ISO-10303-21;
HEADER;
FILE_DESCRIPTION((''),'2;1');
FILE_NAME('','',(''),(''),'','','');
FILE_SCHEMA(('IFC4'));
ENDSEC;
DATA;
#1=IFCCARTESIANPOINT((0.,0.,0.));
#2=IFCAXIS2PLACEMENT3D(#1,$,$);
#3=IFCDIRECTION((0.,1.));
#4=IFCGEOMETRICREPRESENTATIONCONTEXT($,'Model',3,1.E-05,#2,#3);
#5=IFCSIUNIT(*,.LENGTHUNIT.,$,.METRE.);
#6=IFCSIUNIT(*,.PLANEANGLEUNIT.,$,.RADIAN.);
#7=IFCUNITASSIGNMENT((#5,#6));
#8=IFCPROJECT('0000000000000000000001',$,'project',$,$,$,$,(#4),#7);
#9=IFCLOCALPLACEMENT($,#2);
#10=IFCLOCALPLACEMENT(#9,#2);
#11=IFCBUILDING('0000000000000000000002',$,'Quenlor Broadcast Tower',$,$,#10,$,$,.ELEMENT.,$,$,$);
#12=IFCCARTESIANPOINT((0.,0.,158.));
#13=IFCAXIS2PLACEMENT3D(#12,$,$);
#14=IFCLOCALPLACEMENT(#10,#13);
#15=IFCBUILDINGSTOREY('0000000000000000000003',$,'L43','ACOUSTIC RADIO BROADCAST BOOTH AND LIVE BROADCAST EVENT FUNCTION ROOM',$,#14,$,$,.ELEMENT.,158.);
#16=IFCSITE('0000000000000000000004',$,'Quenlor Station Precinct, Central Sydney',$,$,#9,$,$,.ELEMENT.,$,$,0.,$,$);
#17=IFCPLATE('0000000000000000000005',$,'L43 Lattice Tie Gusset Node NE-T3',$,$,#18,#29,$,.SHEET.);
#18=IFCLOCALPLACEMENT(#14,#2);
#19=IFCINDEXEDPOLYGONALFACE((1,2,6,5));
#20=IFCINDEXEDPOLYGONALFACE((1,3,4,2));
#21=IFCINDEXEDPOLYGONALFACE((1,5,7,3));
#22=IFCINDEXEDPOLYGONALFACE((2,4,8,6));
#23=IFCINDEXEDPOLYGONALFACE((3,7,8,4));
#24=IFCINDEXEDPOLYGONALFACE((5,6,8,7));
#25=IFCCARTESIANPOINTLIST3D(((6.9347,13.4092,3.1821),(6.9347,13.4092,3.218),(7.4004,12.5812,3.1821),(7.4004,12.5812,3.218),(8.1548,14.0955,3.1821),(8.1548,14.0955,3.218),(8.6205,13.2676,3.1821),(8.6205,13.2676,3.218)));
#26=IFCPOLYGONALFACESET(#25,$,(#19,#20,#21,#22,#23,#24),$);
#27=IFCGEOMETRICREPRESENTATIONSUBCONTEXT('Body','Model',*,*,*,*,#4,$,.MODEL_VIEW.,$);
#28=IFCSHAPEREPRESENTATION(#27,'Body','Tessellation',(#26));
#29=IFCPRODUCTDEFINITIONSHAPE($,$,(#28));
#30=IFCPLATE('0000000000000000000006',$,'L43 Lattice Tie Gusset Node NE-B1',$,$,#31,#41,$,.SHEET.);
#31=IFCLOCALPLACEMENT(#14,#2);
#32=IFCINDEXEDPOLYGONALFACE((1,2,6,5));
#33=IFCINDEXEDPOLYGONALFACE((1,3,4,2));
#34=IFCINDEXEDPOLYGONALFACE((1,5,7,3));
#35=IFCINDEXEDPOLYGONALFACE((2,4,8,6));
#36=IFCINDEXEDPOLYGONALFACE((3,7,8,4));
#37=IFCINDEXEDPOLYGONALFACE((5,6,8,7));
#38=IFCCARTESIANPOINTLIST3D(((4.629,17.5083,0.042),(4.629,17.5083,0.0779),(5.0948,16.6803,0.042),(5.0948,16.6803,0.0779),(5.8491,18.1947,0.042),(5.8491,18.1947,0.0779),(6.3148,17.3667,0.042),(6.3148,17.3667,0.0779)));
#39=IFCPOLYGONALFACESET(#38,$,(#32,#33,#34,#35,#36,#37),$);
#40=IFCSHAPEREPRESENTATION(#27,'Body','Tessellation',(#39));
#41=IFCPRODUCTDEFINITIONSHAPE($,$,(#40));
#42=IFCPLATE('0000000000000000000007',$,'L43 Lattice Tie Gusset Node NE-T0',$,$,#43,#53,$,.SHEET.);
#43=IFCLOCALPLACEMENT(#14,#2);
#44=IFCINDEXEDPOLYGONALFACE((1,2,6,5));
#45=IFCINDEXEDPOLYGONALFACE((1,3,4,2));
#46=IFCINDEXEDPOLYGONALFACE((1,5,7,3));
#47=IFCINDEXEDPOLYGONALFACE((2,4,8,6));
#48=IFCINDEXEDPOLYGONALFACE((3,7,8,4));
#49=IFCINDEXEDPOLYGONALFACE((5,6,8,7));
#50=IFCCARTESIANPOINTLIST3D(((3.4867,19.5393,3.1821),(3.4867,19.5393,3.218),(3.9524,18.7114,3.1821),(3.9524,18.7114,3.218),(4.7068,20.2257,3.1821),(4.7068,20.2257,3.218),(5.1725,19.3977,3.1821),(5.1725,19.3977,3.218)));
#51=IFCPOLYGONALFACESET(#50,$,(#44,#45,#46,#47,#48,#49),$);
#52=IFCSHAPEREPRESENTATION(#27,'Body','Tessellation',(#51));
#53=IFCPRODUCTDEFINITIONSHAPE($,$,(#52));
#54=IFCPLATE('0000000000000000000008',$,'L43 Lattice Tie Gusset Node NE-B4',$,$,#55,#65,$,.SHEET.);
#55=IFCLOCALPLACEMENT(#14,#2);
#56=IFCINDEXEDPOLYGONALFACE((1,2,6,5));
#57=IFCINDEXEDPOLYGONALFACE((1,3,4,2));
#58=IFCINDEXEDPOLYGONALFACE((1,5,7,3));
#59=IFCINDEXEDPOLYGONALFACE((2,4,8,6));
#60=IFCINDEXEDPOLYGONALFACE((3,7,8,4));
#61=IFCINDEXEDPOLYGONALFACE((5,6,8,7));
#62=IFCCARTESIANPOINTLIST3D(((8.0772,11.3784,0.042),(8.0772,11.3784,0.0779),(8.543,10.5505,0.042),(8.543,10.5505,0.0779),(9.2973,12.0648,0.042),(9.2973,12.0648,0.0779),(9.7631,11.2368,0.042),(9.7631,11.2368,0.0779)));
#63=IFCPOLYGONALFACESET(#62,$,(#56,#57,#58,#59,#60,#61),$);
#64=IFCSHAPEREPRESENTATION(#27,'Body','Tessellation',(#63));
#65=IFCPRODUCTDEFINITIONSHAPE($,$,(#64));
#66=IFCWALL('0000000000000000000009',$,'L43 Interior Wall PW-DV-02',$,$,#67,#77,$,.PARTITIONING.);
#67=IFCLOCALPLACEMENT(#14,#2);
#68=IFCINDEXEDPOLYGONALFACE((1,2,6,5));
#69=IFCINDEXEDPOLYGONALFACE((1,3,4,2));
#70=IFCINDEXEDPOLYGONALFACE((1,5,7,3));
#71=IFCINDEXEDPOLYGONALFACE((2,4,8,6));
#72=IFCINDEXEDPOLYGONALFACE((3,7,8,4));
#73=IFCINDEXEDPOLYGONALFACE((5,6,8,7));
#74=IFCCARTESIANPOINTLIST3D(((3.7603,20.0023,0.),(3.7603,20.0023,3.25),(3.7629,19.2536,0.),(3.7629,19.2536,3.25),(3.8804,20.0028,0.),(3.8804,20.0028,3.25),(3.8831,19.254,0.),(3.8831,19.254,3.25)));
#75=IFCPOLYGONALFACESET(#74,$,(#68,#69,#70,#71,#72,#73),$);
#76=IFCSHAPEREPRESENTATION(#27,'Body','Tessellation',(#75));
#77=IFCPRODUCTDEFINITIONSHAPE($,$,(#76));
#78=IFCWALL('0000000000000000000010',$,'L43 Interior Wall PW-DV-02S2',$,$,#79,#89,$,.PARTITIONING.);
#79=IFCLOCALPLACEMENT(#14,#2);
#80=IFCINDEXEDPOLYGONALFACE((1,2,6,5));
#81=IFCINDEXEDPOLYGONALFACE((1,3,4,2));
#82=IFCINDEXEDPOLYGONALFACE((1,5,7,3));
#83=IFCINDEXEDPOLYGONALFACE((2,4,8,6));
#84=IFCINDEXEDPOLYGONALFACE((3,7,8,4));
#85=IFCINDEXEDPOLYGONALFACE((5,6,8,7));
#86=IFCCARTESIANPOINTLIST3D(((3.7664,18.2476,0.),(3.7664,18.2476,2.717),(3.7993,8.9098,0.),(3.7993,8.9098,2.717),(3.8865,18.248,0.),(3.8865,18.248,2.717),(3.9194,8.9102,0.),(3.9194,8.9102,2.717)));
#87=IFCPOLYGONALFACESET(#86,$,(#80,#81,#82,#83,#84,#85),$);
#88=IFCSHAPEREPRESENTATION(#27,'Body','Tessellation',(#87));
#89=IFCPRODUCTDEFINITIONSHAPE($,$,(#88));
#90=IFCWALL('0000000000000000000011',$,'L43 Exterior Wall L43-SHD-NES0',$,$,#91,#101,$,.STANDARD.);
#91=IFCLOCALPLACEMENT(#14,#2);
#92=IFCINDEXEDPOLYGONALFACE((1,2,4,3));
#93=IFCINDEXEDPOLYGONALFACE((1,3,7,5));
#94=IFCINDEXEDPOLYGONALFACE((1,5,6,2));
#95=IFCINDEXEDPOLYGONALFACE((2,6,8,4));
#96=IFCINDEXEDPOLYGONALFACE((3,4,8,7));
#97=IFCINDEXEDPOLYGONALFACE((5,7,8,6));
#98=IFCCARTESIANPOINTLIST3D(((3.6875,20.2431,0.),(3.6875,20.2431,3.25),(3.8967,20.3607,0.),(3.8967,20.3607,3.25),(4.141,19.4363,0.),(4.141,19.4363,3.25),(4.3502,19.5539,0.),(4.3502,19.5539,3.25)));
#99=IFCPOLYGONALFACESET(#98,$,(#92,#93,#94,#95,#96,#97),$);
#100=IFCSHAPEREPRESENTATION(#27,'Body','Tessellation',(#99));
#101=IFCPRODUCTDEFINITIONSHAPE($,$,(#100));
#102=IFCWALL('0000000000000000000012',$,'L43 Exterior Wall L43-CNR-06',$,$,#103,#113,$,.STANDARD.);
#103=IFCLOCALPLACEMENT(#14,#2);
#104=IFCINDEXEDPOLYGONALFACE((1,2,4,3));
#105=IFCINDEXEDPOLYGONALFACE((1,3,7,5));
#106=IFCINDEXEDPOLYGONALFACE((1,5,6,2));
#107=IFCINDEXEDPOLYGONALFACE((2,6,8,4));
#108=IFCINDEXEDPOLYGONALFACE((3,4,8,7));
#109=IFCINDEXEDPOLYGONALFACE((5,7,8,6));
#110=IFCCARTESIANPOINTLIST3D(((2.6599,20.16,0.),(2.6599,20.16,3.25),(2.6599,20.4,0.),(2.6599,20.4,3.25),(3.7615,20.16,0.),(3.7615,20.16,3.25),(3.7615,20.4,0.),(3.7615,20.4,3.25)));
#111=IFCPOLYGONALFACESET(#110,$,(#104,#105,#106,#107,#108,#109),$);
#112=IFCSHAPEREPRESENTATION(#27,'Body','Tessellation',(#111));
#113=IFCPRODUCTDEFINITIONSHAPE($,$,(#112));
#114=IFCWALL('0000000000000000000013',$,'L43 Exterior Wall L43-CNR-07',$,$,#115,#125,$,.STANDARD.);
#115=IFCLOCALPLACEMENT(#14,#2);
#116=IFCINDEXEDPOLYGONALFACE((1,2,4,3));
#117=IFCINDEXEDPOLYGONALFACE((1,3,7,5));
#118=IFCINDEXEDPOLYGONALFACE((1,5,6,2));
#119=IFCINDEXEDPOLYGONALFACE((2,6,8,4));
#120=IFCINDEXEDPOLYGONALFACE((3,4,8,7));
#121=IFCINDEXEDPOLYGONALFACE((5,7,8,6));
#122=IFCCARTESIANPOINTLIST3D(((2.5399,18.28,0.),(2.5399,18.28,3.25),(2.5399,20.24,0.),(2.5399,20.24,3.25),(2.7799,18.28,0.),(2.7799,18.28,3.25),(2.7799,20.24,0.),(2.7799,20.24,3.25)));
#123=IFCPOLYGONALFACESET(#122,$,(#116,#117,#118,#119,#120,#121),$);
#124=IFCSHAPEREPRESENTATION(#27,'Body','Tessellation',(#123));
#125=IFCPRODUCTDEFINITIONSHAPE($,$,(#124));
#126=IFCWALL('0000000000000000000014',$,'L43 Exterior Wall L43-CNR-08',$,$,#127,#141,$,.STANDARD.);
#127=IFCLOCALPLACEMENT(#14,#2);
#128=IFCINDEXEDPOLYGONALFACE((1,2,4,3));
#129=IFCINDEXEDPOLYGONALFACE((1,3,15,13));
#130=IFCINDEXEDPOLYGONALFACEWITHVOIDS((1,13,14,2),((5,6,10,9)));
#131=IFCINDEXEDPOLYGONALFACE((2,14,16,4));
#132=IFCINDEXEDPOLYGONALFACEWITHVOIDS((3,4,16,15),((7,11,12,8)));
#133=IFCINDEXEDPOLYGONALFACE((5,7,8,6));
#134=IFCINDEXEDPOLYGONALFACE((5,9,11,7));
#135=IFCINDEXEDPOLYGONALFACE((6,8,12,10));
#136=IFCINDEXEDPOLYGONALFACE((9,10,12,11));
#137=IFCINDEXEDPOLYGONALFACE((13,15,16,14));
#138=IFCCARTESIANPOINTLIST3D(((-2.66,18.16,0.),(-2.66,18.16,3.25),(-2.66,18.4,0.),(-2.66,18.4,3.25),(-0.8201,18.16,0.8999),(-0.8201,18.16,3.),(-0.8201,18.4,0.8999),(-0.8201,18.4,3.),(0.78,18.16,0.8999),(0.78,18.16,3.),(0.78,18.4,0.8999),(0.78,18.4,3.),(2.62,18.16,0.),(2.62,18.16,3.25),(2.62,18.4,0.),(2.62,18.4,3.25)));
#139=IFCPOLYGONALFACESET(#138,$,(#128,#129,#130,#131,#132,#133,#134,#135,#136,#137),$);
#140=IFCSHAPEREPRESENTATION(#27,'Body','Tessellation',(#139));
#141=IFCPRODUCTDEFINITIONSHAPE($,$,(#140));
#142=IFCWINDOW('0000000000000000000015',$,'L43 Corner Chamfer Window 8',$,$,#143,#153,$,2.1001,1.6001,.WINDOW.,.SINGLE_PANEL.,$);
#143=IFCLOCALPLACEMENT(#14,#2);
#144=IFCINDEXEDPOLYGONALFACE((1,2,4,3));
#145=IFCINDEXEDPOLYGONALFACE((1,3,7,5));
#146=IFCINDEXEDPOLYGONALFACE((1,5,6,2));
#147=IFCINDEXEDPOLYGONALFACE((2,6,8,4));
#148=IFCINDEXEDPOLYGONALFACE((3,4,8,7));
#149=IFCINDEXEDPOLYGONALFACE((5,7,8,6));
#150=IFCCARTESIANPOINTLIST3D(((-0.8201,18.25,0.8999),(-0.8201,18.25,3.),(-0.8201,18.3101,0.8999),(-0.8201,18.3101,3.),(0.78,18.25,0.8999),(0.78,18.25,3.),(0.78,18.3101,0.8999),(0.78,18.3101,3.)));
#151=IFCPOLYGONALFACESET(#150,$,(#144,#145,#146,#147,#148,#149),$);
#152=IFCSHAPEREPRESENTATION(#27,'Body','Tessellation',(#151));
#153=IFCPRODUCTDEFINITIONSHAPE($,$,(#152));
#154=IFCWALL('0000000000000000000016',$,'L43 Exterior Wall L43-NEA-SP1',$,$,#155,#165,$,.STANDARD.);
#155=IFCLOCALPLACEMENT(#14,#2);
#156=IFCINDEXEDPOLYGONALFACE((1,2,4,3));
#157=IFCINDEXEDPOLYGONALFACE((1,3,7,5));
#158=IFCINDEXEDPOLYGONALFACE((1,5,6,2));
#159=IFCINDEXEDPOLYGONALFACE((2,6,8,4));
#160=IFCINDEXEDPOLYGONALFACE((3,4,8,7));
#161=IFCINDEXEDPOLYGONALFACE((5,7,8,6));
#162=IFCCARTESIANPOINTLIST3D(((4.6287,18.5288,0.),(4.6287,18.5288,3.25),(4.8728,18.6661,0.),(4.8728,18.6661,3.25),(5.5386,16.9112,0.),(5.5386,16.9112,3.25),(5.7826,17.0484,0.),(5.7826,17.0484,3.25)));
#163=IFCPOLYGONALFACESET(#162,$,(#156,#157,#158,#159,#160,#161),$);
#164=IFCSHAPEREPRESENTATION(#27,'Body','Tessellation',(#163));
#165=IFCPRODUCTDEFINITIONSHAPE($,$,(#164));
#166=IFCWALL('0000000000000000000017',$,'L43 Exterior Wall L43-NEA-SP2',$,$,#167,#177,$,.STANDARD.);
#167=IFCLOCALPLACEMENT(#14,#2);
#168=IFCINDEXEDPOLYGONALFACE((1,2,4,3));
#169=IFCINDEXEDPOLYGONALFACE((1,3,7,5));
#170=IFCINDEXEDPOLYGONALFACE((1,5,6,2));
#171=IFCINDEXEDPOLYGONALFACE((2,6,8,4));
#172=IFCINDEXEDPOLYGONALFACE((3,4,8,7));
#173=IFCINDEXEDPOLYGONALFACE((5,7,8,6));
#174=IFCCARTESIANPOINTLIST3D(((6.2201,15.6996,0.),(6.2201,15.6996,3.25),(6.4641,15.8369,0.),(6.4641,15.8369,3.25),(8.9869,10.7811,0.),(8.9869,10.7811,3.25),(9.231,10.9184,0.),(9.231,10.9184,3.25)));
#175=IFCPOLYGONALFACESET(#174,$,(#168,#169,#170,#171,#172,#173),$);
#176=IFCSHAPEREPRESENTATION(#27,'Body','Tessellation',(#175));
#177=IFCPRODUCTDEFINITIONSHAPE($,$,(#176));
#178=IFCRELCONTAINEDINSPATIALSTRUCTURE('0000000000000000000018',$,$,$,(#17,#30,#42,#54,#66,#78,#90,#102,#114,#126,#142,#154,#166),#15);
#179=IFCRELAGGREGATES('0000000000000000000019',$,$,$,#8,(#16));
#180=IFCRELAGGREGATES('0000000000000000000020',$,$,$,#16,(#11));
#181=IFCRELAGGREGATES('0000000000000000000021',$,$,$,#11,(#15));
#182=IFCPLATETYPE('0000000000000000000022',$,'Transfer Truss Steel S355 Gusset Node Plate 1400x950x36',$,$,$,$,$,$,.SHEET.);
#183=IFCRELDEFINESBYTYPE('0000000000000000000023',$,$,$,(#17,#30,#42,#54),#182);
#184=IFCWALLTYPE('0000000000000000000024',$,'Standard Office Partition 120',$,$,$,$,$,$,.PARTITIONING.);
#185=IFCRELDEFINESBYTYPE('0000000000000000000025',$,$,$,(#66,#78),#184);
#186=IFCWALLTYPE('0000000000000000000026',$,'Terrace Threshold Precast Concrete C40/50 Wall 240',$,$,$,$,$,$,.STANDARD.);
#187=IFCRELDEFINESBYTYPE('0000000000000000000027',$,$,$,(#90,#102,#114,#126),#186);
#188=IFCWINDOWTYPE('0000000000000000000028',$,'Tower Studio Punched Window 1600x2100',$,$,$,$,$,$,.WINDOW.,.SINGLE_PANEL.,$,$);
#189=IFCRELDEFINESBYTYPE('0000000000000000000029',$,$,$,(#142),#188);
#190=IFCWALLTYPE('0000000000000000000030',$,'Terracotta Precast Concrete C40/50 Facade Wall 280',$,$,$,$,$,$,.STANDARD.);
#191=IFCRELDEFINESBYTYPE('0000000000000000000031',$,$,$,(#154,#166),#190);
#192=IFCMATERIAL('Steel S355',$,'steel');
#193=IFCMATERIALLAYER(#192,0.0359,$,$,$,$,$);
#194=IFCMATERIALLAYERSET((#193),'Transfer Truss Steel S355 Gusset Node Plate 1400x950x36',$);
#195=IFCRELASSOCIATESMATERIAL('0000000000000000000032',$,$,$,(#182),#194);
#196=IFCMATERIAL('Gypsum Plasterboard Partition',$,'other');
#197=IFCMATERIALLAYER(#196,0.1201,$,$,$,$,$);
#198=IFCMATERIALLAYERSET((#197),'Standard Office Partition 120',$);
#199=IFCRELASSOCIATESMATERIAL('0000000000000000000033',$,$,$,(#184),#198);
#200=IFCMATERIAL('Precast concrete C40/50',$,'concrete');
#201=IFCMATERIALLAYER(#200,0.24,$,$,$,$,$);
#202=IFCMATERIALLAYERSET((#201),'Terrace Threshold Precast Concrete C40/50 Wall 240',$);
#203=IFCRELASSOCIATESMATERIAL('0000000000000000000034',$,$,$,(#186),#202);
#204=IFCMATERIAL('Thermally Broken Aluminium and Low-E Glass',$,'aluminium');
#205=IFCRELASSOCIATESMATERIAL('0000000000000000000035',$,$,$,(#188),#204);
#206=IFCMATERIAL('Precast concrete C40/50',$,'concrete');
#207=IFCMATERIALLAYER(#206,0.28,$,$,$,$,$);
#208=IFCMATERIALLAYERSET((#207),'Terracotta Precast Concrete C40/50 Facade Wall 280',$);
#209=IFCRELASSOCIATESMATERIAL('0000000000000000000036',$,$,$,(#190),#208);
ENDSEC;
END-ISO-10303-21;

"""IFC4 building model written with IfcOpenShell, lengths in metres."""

from ifc_helpers import new_model, si_unit, direction, frame, frame_2d, origin, origin_2d, place, context, subcontext, project, spatial, rectangle, extrude, material, layer, layer_set, type_object, element, fill, save


model = new_model("IFC4")

# Units and contexts
model_context = context("Model", 3, precision=1e-05, world=origin(), true_north=direction((0.0, 1.0)))
body_context = subcontext(model_context, "Body", "Model", "MODEL_VIEW")
ifc_project = project(units=[si_unit("LENGTHUNIT", "METRE"), si_unit("PLANEANGLEUNIT", "RADIAN")], contexts=[model_context])

# Site, building, storey
site_placement = place(None, origin())
site = spatial("IfcSite", under=ifc_project, at=site_placement, Name="Quenlor Station Precinct, Central Sydney", CompositionType="ELEMENT", RefElevation=0.0)
building_placement = place(site_placement, origin())
building = spatial("IfcBuilding", under=site, at=building_placement, Name="Quenlor Broadcast Tower", CompositionType="ELEMENT")
storey_placement = place(building_placement, frame((0.0, 0.0, 158.0)))
storey = spatial("IfcBuildingStorey", under=building, at=storey_placement, Name="L43", Description="ACOUSTIC RADIO BROADCAST BOOTH AND LIVE BROADCAST EVENT FUNCTION ROOM", CompositionType="ELEMENT", Elevation=158.0)

# Plates
ifc_material_1 = material(Name="Steel S355", Category="steel")
ifc_layer_1 = layer(ifc_material_1, 0.0359)
ifc_layer_set_1 = layer_set([ifc_layer_1], Name="Transfer Truss Steel S355 Gusset Node Plate 1400x950x36")
plate_type_1 = type_object("IfcPlateType", Name="Transfer Truss Steel S355 Gusset Node Plate 1400x950x36", PredefinedType="SHEET", material=ifc_layer_set_1)
for number, where, z_axis, x_axis, name in (
    (1, (7.7776, 13.3384, 3.1821), (0.0, 0.0, 1.0), (0.871556, 0.490295, 0.0), "L43 Lattice Tie Gusset Node NE-T3"),
    (2, (5.4719, 17.4375, 0.042), (0.0, 0.0, 1.0), (0.871556, 0.490295, 0.0), "L43 Lattice Tie Gusset Node NE-B1"),
    (3, (4.3296, 19.4685, 3.1821), (0.0, 0.0, 1.0), (0.871556, 0.490295, 0.0), "L43 Lattice Tie Gusset Node NE-T0"),
    (4, (8.9202, 11.3076, 0.042), (0.0, 0.0, 1.0), (0.871556, 0.490295, 0.0), "L43 Lattice Tie Gusset Node NE-B4"),
):
    element("IfcPlate", number, at=place(storey_placement, frame(where, z_axis=z_axis, x_axis=x_axis)), inside=storey, type_object=plate_type_1, Name=name, PredefinedType="SHEET", context=body_context, shape_type="SweptSolid", body=[
        extrude(rectangle(XDim=1.3999, YDim=0.95, at=origin_2d()), origin(), (0.0, 0.0, 1.0), 0.0359),
    ])

# Walls
ifc_material_2 = material(Name="Gypsum Plasterboard Partition", Category="other")
ifc_layer_2 = layer(ifc_material_2, 0.1201)
ifc_layer_set_2 = layer_set([ifc_layer_2], Name="Standard Office Partition 120")
wall_type_1 = type_object("IfcWallType", Name="Standard Office Partition 120", PredefinedType="PARTITIONING", material=ifc_layer_set_2)
wall_1_placement = place(storey_placement, frame((3.8203, 20.0027, 0.0), z_axis=(0.0, 0.0, 1.0), x_axis=(0.003587, -0.999994, 0.0)))
element("IfcWall", 5, at=wall_1_placement, inside=storey, type_object=wall_type_1, Name="L43 Interior Wall PW-DV-02", PredefinedType="PARTITIONING", context=body_context, shape_type="SweptSolid", body=[
    extrude(rectangle(XDim=0.7488, YDim=0.1201, at=frame_2d((0.3745, 0.0))), origin(), (0.0, 0.0, 1.0), 3.25),
])
wall_2_placement = place(storey_placement, frame((3.8264, 18.2478, 0.0), z_axis=(0.0, 0.0, 1.0), x_axis=(0.00353, -0.999994, 0.0)))
element("IfcWall", 6, at=wall_2_placement, inside=storey, type_object=wall_type_1, Name="L43 Interior Wall PW-DV-02S2", PredefinedType="PARTITIONING", context=body_context, shape_type="SweptSolid", body=[
    extrude(rectangle(XDim=9.3379, YDim=0.1201, at=frame_2d((4.6689, 0.0))), origin(), (0.0, 0.0, 1.0), 2.717),
])
ifc_material_3 = material(Name="Precast concrete C40/50", Category="concrete")
ifc_layer_3 = layer(ifc_material_3, 0.24)
ifc_layer_set_3 = layer_set([ifc_layer_3], Name="Terrace Threshold Precast Concrete C40/50 Wall 240")
wall_type_2 = type_object("IfcWallType", Name="Terrace Threshold Precast Concrete C40/50 Wall 240", PredefinedType="STANDARD", material=ifc_layer_set_3)
wall_3_placement = place(storey_placement, frame((3.792, 20.302, 0.0), z_axis=(0.0, 0.0, 1.0), x_axis=(0.490048, -0.871695, 0.0)))
element("IfcWall", 7, at=wall_3_placement, inside=storey, type_object=wall_type_2, Name="L43 Exterior Wall L43-SHD-NES0", PredefinedType="STANDARD", context=body_context, shape_type="SweptSolid", body=[
    extrude(rectangle(XDim=0.9255, YDim=0.24, at=frame_2d((0.4629, 0.0))), origin(), (0.0, 0.0, 1.0), 3.25),
])
wall_4_placement = place(storey_placement, frame((3.7615, 20.28, 0.0), z_axis=(0.0, 0.0, 1.0), x_axis=(-1.0, 0.0, 0.0)))
element("IfcWall", 8, at=wall_4_placement, inside=storey, type_object=wall_type_2, Name="L43 Exterior Wall L43-CNR-06", PredefinedType="STANDARD", context=body_context, shape_type="SweptSolid", body=[
    extrude(rectangle(XDim=1.1016, YDim=0.24, at=frame_2d((0.5508, 0.0))), origin(), (0.0, 0.0, 1.0), 3.25),
])
wall_5_placement = place(storey_placement, frame((2.6599, 20.24, 0.0), z_axis=(0.0, 0.0, 1.0), x_axis=(0.0, -1.0, 0.0)))
element("IfcWall", 9, at=wall_5_placement, inside=storey, type_object=wall_type_2, Name="L43 Exterior Wall L43-CNR-07", PredefinedType="STANDARD", context=body_context, shape_type="SweptSolid", body=[
    extrude(rectangle(XDim=1.96, YDim=0.24, at=frame_2d((0.98, 0.0))), origin(), (0.0, 0.0, 1.0), 3.25),
])

# Wall, opening, window
wall_6_placement = place(storey_placement, frame((2.6201, 18.28, 0.0), z_axis=(0.0, 0.0, 1.0), x_axis=(-1.0, 0.0, 0.0)))
wall_6 = element("IfcWall", 10, at=wall_6_placement, inside=storey, type_object=wall_type_2, Name="L43 Exterior Wall L43-CNR-08", PredefinedType="STANDARD", context=body_context, shape_type="SweptSolid", body=[
    extrude(rectangle(XDim=5.28, YDim=0.24, at=frame_2d((2.6401, 0.0))), origin(), (0.0, 0.0, 1.0), 3.25),
])
opening_placement = place(wall_6_placement, frame((1.8401, 0.0, 0.8999)))
opening = element("IfcOpeningElement", 11, at=opening_placement, cuts=wall_6, PredefinedType="OPENING", context=body_context, shape_type="SweptSolid", body=[
    extrude(rectangle(XDim=1.6001, YDim=2.1001, at=frame_2d((0.8, 1.05))), frame((0.0, 0.1299, 0.0), z_axis=(0.0, -1.0, 0.0), x_axis=(1.0, 0.0, 0.0)), (0.0, 0.0, 1.0), 0.26),
])
ifc_material_4 = material(Name="Thermally Broken Aluminium and Low-E Glass", Category="aluminium")
window_type = type_object("IfcWindowType", Name="Tower Studio Punched Window 1600x2100", PartitioningType="SINGLE_PANEL", PredefinedType="WINDOW", material=ifc_material_4)
window_placement = place(opening_placement, origin())
window = element("IfcWindow", 12, at=window_placement, inside=storey, type_object=window_type, Name="L43 Corner Chamfer Window 8", OverallHeight=2.1001, OverallWidth=1.6001, PartitioningType="SINGLE_PANEL", PredefinedType="WINDOW", context=body_context, shape_type="SweptSolid", body=[
    extrude(rectangle(XDim=1.6001, YDim=2.1001, at=frame_2d((0.8, 1.05))), frame((0.0, 0.03, 0.0), z_axis=(0.0, -1.0, 0.0), x_axis=(1.0, 0.0, 0.0)), (0.0, 0.0, 1.0), 0.0601),
])
fill(opening, window)

# Walls
ifc_material_5 = material(Name="Precast concrete C40/50", Category="concrete")
ifc_layer_4 = layer(ifc_material_5, 0.28)
ifc_layer_set_4 = layer_set([ifc_layer_4], Name="Terracotta Precast Concrete C40/50 Facade Wall 280")
wall_type_3 = type_object("IfcWallType", Name="Terracotta Precast Concrete C40/50 Facade Wall 280", PredefinedType="STANDARD", material=ifc_layer_set_4)
wall_7_placement = place(storey_placement, frame((4.7507, 18.5974, 0.0), z_axis=(0.0, 0.0, 1.0), x_axis=(0.490249, -0.871583, 0.0)))
element("IfcWall", 13, at=wall_7_placement, inside=storey, type_object=wall_type_3, Name="L43 Exterior Wall L43-NEA-SP1", PredefinedType="STANDARD", context=body_context, shape_type="SweptSolid", body=[
    extrude(rectangle(XDim=1.856, YDim=0.28, at=frame_2d((0.928, 0.0))), origin(), (0.0, 0.0, 1.0), 3.25),
])
wall_8_placement = place(storey_placement, frame((6.342, 15.7683, 0.0), z_axis=(0.0, 0.0, 1.0), x_axis=(0.49029, -0.871559, 0.0)))
element("IfcWall", 14, at=wall_8_placement, inside=storey, type_object=wall_type_3, Name="L43 Exterior Wall L43-NEA-SP2", PredefinedType="STANDARD", context=body_context, shape_type="SweptSolid", body=[
    extrude(rectangle(XDim=5.6433, YDim=0.28, at=frame_2d((2.8218, 0.0))), origin(), (0.0, 0.0, 1.0), 3.25),
])

save(model, "model.ifc")
